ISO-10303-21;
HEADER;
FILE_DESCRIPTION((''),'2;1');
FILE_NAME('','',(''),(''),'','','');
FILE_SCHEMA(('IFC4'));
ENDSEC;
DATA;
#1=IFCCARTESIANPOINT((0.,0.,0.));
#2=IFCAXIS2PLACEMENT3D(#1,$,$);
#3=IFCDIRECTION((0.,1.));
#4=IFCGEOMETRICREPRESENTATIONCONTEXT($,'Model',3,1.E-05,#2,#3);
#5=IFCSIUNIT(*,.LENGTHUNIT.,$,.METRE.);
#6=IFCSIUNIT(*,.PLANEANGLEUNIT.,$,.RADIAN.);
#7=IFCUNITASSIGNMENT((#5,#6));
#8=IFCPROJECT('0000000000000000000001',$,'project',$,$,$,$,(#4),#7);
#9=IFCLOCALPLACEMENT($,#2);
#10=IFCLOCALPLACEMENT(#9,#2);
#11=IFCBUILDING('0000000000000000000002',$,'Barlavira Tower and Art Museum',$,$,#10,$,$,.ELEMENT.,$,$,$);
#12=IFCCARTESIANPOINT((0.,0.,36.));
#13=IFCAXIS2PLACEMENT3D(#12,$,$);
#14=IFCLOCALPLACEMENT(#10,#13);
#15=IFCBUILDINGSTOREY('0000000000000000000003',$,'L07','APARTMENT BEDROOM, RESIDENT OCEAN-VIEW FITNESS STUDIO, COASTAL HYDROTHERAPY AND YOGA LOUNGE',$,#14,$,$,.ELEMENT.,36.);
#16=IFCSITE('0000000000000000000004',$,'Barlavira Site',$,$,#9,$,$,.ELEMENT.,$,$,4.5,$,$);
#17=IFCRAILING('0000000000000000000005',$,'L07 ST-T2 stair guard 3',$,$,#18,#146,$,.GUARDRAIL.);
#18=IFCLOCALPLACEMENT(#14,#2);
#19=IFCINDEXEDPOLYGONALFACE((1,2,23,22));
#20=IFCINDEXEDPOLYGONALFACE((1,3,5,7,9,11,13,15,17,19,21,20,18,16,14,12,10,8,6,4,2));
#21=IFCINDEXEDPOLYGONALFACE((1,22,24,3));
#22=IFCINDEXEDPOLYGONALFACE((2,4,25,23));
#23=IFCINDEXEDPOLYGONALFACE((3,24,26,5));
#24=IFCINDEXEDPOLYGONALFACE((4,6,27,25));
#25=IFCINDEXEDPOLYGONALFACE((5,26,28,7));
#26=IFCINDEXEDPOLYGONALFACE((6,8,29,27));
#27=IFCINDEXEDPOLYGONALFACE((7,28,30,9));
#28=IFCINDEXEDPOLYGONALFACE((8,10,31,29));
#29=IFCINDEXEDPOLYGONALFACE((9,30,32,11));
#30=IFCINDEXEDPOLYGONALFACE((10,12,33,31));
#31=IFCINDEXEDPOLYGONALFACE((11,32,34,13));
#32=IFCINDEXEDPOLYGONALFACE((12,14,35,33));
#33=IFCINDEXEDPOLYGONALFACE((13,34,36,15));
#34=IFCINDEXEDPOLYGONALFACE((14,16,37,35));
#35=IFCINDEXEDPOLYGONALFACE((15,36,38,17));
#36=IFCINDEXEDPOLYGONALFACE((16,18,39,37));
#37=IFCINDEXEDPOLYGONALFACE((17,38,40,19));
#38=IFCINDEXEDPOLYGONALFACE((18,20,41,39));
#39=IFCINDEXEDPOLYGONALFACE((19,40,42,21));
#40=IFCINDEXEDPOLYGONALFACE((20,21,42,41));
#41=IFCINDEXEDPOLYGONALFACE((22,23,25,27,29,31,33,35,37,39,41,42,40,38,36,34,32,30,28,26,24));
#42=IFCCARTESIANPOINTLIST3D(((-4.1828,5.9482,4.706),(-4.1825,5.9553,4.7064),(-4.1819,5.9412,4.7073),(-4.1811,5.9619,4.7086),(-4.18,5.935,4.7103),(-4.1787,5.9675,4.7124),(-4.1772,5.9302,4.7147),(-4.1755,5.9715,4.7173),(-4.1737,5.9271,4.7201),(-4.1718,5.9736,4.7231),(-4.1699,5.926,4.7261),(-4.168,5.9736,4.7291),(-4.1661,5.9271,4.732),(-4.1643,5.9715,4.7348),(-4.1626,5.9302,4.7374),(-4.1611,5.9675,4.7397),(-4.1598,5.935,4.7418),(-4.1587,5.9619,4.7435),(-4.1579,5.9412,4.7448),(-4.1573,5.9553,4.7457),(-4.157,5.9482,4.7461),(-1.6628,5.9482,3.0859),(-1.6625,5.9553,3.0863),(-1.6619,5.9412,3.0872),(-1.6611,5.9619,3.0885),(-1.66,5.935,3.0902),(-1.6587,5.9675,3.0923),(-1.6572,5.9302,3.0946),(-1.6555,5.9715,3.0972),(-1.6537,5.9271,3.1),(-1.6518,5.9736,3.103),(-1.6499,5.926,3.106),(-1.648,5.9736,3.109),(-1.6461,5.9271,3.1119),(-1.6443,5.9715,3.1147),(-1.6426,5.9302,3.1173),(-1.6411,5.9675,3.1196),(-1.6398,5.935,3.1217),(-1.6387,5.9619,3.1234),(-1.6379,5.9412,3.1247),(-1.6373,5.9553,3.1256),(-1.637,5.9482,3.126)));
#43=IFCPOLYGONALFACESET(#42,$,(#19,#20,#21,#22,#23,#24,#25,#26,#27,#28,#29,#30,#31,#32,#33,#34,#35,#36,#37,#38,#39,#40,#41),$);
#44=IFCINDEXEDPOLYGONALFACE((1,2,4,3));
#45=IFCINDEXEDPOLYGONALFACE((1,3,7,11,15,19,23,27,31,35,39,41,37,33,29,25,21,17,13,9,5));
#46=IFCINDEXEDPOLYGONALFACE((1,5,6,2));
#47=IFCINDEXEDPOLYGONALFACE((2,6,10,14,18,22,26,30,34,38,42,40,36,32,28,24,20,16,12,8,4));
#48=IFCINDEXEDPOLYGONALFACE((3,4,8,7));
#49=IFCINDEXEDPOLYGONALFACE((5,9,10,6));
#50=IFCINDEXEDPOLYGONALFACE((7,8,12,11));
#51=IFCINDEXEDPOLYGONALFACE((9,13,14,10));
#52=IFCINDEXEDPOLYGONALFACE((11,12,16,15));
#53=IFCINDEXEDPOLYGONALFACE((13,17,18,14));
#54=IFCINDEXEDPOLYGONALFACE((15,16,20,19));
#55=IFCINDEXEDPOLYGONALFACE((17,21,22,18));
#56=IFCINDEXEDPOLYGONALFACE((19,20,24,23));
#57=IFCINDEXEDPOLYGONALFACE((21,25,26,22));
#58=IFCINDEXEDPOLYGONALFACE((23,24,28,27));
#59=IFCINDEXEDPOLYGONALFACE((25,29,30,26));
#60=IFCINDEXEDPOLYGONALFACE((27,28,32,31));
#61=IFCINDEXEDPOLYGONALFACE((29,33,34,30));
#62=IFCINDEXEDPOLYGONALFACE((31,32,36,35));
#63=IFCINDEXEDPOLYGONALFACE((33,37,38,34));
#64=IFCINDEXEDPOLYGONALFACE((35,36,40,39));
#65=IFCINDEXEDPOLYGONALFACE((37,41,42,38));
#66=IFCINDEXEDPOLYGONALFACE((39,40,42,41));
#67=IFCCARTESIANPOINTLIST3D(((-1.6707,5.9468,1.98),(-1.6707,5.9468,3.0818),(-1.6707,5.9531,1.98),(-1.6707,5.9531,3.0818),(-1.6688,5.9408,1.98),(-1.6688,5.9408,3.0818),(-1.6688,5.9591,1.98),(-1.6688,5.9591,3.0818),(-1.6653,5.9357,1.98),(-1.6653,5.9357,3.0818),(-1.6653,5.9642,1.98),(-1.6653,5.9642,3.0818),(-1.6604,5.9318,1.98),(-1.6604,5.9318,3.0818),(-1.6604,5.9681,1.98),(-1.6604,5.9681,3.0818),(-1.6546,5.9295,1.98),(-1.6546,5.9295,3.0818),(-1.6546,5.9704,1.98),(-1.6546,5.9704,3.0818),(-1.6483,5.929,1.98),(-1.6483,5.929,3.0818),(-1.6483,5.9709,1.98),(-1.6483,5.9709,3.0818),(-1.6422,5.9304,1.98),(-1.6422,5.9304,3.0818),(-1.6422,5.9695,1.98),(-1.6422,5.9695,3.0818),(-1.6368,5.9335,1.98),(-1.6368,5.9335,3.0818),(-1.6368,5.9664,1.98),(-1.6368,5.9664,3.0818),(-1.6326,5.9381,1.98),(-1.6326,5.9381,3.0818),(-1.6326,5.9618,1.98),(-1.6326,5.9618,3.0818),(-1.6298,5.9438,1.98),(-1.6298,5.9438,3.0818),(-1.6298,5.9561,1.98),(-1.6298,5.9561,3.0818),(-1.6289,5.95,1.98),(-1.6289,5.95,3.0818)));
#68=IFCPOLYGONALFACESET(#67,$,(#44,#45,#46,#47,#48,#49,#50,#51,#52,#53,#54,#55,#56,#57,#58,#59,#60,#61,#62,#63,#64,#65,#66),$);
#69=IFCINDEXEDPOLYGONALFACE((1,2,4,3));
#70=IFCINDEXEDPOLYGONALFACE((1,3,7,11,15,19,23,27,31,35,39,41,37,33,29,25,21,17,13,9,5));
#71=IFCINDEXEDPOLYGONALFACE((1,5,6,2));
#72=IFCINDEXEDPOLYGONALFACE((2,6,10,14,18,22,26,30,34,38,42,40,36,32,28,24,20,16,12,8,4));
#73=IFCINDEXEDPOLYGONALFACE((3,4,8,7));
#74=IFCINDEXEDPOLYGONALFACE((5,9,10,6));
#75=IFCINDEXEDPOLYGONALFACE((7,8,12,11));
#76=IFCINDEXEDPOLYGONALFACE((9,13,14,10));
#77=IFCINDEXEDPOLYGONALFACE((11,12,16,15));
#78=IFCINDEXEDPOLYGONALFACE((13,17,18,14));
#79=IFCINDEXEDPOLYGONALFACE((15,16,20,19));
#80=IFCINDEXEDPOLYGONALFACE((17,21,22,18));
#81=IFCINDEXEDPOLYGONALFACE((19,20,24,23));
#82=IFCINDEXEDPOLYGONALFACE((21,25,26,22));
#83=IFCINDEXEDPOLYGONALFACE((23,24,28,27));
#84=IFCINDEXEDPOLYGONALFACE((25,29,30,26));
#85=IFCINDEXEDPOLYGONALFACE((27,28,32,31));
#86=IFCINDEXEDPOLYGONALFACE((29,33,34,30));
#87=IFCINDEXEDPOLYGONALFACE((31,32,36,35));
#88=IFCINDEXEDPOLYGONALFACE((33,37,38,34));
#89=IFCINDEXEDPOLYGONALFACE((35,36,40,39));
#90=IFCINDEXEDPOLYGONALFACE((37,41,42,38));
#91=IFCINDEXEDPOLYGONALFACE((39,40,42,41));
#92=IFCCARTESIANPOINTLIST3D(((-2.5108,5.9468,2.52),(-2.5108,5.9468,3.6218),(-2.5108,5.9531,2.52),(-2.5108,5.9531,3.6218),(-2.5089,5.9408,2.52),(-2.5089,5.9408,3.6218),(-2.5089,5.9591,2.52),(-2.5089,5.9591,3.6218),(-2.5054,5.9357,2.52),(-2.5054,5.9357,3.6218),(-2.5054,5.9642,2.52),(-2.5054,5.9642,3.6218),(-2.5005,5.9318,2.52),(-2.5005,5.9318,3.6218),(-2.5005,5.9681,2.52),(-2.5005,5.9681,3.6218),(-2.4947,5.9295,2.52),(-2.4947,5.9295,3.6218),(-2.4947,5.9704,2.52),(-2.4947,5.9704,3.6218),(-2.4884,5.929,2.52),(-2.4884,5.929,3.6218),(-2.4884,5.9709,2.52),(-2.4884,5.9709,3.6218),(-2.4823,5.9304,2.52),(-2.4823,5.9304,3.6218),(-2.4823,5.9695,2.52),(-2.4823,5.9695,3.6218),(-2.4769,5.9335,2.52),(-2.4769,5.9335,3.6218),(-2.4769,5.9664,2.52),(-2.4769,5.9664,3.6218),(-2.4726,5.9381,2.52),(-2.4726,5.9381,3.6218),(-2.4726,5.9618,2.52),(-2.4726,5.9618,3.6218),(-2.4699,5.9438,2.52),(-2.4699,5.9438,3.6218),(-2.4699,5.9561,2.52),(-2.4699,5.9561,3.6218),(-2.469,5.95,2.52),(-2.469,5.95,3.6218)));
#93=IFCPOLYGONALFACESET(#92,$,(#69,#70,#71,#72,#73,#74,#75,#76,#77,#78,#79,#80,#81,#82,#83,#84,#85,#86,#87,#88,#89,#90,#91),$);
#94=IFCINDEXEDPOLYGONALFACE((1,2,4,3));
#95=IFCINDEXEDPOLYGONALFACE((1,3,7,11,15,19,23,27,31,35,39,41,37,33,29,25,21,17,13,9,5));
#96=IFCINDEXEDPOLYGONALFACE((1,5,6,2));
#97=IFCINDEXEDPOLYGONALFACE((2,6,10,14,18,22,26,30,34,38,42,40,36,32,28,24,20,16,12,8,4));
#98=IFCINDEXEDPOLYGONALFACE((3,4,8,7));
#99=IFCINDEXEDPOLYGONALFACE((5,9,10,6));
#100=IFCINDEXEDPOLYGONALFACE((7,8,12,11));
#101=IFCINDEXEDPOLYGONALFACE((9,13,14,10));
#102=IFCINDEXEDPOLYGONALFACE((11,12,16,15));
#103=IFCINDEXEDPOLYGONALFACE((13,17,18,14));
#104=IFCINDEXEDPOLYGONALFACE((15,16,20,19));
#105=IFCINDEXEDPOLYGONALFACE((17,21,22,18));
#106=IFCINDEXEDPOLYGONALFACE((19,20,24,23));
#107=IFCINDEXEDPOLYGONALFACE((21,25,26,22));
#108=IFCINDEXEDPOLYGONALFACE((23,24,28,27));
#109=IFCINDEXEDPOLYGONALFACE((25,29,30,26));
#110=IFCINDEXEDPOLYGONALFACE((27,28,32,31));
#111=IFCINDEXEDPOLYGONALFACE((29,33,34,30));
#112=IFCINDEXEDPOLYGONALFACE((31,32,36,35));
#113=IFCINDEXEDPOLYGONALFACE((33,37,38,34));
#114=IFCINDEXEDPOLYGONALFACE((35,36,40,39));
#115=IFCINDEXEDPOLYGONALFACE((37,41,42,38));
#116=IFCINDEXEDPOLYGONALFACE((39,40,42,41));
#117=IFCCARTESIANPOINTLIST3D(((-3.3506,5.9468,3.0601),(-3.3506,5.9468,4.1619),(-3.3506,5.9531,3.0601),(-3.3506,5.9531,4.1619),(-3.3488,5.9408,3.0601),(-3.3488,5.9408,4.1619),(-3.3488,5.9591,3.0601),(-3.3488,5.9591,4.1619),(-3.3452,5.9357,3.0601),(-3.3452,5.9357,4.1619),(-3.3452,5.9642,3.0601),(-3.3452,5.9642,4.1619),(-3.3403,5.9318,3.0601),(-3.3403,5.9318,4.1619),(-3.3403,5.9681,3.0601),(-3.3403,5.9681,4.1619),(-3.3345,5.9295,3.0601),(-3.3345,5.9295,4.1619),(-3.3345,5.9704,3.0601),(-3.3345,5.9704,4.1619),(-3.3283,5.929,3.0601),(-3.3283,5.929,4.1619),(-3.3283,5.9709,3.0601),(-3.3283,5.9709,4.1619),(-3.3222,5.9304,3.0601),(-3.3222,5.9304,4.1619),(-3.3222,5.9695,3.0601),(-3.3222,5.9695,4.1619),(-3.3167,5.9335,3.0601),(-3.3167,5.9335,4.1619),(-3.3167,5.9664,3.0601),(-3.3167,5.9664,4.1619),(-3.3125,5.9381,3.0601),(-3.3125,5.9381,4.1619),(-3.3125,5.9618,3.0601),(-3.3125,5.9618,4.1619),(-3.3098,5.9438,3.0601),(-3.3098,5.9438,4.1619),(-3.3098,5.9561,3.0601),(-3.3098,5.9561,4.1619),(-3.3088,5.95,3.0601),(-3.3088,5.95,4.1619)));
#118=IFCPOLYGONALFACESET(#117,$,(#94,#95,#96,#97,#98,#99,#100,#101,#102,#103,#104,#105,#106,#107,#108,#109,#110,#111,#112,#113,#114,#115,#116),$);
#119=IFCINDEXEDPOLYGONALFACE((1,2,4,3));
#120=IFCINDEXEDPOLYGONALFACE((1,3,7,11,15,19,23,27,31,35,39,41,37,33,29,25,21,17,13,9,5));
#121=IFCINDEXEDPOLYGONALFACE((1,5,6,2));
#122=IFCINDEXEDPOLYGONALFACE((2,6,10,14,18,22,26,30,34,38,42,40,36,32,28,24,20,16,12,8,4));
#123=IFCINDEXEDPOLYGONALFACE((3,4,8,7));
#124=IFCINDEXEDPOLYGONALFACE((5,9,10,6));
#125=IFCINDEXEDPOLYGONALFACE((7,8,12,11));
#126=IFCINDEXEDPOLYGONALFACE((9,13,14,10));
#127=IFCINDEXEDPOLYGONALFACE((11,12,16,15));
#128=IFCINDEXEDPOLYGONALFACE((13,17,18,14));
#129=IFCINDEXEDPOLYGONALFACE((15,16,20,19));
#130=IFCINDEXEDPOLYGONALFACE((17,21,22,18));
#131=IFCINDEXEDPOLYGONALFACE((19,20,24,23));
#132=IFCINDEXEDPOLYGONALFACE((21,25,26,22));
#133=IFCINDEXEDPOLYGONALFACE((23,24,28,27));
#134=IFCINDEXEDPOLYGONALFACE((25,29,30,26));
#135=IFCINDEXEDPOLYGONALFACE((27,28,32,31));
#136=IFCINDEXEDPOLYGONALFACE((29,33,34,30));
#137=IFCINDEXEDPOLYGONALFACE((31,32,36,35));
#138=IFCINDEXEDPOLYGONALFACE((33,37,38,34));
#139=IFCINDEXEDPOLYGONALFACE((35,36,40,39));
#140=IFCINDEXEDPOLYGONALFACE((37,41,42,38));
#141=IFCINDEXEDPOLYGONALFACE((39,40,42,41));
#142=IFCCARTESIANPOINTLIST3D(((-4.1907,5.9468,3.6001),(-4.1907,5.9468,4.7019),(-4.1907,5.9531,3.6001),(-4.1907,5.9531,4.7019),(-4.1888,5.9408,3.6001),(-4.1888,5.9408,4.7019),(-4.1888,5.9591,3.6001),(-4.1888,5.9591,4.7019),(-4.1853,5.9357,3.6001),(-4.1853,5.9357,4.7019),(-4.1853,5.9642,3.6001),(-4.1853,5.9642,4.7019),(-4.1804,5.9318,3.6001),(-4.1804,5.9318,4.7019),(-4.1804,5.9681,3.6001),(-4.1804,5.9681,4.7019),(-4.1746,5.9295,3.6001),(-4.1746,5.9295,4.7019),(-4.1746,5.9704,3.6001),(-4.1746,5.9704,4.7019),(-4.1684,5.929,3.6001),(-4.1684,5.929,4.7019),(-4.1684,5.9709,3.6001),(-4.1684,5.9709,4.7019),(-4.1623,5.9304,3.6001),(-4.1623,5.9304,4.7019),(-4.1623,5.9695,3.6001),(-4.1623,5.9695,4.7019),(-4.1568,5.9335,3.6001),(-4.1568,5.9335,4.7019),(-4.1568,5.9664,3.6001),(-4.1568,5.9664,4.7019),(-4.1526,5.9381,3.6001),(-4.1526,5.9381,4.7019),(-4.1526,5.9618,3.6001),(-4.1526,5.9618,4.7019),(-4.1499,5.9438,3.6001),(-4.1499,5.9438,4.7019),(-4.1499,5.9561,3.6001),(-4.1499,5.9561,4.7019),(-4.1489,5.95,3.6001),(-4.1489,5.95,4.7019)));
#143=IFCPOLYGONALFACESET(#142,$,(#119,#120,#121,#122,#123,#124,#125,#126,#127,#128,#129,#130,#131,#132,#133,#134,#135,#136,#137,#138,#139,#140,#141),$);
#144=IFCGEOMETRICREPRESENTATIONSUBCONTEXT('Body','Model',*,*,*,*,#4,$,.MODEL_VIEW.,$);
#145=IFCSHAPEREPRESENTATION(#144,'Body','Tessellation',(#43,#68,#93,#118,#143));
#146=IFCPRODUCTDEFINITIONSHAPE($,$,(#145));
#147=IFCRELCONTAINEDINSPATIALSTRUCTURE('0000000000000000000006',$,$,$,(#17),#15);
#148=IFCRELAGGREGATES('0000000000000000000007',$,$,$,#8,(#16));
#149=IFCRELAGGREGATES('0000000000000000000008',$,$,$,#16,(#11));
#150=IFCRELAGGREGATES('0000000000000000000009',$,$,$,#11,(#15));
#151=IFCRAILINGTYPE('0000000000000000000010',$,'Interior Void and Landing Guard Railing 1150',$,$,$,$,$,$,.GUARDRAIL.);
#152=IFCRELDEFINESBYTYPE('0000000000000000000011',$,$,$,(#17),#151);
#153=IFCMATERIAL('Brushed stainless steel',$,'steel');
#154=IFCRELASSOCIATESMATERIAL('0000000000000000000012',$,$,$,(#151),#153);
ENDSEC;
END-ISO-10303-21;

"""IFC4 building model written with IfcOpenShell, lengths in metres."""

from ifc_helpers import new_model, si_unit, direction, frame, origin, origin_2d, place, context, subcontext, project, spatial, circle, extrude, material, type_object, element, save


model = new_model("IFC4")

# Units and contexts
model_context = context("Model", 3, precision=1e-05, world=origin(), true_north=direction((0.0, 1.0)))
body_context = subcontext(model_context, "Body", "Model", "MODEL_VIEW")
ifc_project = project(units=[si_unit("LENGTHUNIT", "METRE"), si_unit("PLANEANGLEUNIT", "RADIAN")], contexts=[model_context])

# Site, building, storey
site_placement = place(None, origin())
site = spatial("IfcSite", under=ifc_project, at=site_placement, Name="Barlavira Site", CompositionType="ELEMENT", RefElevation=4.5)
building_placement = place(site_placement, origin())
building = spatial("IfcBuilding", under=site, at=building_placement, Name="Barlavira Tower and Art Museum", CompositionType="ELEMENT")
storey_placement = place(building_placement, frame((0.0, 0.0, 36.0)))
storey = spatial("IfcBuildingStorey", under=building, at=storey_placement, Name="L07", Description="APARTMENT BEDROOM, RESIDENT OCEAN-VIEW FITNESS STUDIO, COASTAL HYDROTHERAPY AND YOGA LOUNGE", CompositionType="ELEMENT", Elevation=36.0)

# Shared definitions
ifc_material_1 = material(Name="Brushed stainless steel", Category="steel")

# Railing
railing_type_1 = type_object("IfcRailingType", Name="Interior Void and Landing Guard Railing 1150", PredefinedType="GUARDRAIL", material=ifc_material_1)
railing_1_placement = place(storey_placement, frame((-1.6499, 5.95, 1.98)))
element("IfcRailing", 1, at=railing_1_placement, inside=storey, type_object=railing_type_1, Name="L07 ST-T2 stair guard 3", PredefinedType="GUARDRAIL", context=body_context, shape_type="SweptSolid", body=[
    extrude(circle(Radius=0.0239, at=origin_2d()), frame((0.0, 0.0, 1.126), z_axis=(-0.841163, 0.0, 0.540782), x_axis=(0.0, -1.0, 0.0)), (0.0, 0.0, 1.0), 2.9958),
    extrude(circle(Radius=0.021, at=origin_2d()), origin(), (0.0, 0.0, 1.0), 1.1018),
    extrude(circle(Radius=0.021, at=origin_2d()), frame((-0.8401, 0.0, 0.54)), (0.0, 0.0, 1.0), 1.1018),
    extrude(circle(Radius=0.021, at=origin_2d()), frame((-1.6799, 0.0, 1.0801)), (0.0, 0.0, 1.0), 1.1018),
    extrude(circle(Radius=0.021, at=origin_2d()), frame((-2.52, 0.0, 1.6201)), (0.0, 0.0, 1.0), 1.1018),
])

save(model, "model.ifc")
